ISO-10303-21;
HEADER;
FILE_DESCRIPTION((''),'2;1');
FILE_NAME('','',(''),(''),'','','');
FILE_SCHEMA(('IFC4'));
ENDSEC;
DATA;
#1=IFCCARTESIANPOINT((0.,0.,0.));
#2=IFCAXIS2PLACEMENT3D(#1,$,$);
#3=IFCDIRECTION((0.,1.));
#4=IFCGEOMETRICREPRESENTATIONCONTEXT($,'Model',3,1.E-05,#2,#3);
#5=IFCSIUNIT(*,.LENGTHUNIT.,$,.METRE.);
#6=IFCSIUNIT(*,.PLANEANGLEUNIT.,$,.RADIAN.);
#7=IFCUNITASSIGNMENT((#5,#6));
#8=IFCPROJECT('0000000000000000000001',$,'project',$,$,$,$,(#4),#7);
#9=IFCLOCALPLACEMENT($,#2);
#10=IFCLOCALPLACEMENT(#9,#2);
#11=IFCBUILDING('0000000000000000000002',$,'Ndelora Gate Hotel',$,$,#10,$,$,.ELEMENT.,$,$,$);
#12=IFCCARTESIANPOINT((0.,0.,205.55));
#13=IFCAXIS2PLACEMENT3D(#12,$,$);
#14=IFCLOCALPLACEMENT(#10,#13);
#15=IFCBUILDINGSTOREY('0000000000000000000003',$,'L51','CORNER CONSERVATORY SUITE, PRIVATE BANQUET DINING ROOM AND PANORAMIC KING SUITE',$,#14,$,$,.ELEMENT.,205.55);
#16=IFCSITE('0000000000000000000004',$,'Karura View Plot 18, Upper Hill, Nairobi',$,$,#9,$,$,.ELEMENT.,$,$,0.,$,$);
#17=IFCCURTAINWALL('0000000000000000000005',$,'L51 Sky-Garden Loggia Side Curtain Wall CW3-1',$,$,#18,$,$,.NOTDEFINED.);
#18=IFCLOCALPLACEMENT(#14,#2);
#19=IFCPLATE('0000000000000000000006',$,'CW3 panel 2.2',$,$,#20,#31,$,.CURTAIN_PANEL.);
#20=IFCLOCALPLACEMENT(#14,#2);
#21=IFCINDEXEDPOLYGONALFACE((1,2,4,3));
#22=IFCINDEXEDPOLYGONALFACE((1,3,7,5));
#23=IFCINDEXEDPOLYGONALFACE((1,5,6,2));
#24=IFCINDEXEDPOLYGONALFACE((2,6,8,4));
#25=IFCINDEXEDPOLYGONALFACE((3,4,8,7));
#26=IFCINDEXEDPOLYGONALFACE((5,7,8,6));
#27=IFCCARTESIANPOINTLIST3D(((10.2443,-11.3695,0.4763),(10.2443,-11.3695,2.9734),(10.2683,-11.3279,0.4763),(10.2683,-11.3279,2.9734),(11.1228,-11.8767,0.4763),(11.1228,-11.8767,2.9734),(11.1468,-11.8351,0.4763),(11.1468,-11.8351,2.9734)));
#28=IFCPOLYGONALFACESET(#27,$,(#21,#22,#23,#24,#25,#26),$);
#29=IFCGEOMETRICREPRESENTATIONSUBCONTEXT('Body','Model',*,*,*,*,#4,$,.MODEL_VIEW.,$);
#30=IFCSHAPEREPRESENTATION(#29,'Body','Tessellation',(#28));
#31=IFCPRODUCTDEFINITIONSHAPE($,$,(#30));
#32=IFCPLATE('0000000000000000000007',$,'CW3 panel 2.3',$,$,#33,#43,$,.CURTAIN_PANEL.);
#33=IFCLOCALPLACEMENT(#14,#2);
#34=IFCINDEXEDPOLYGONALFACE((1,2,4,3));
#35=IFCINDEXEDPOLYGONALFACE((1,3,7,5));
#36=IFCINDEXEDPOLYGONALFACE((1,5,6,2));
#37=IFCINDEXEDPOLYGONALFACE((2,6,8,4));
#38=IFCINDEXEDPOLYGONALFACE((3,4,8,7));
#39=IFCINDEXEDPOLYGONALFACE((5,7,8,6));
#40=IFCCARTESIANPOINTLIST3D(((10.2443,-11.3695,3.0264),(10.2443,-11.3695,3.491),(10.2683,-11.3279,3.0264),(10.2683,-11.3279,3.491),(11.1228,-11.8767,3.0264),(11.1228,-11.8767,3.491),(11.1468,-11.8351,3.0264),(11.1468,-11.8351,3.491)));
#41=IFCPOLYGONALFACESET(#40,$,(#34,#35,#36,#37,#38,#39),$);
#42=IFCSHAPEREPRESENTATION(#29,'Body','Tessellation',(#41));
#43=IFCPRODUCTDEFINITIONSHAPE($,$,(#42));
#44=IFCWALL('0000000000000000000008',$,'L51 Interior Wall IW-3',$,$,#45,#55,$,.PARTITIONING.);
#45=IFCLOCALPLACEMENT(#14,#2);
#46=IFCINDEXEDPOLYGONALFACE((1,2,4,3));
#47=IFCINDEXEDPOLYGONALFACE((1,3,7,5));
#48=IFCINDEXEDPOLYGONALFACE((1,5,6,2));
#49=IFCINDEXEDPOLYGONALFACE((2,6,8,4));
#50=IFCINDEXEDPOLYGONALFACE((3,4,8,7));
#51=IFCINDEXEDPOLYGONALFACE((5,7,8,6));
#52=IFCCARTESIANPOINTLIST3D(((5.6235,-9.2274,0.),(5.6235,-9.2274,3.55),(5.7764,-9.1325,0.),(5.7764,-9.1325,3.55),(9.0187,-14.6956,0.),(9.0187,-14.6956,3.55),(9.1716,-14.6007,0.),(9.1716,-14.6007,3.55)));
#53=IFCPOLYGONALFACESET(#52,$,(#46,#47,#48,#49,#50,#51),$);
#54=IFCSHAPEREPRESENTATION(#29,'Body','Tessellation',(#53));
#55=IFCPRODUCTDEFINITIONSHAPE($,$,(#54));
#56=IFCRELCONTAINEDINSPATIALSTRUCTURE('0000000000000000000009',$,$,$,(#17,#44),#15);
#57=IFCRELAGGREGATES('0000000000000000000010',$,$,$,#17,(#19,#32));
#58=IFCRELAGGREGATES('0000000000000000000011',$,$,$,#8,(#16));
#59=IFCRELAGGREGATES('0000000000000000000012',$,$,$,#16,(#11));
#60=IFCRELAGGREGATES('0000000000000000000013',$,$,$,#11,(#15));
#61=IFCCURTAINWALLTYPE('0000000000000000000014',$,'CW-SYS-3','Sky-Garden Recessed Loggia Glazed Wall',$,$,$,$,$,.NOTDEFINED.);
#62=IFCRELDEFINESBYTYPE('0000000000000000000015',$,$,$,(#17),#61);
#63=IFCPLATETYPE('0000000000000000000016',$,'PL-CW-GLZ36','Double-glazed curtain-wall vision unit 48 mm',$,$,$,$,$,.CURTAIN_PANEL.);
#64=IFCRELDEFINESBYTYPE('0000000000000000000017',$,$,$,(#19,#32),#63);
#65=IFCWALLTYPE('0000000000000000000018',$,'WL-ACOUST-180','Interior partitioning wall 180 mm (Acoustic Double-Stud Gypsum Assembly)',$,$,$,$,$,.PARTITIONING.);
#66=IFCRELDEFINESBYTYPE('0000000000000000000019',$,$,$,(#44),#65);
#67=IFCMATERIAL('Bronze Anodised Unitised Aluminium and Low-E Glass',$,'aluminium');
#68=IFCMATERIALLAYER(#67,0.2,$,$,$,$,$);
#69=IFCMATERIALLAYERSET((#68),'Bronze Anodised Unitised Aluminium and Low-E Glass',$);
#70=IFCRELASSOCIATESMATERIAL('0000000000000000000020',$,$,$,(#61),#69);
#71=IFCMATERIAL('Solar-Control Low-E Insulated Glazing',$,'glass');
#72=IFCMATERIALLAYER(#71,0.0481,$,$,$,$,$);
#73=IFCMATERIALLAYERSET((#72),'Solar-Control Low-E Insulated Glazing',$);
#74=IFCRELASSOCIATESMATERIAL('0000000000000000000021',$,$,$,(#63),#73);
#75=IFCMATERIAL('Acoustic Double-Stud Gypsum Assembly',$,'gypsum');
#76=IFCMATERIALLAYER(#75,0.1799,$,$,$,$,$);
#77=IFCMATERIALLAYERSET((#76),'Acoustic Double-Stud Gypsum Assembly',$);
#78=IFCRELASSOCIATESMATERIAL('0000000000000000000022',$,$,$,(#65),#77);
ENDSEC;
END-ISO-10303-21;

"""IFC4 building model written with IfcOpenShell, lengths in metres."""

from ifc_helpers import new_model, si_unit, direction, frame, frame_2d, origin, origin_2d, place, context, subcontext, project, spatial, rectangle, extrude, material, layer, layer_set, type_object, element, aggregate, save


model = new_model("IFC4")

# Units and contexts
model_context = context("Model", 3, precision=1e-05, world=origin(), true_north=direction((0.0, 1.0)))
body_context = subcontext(model_context, "Body", "Model", "MODEL_VIEW")
ifc_project = project(units=[si_unit("LENGTHUNIT", "METRE"), si_unit("PLANEANGLEUNIT", "RADIAN")], contexts=[model_context])

# Site, building, storey
site_placement = place(None, origin())
site = spatial("IfcSite", under=ifc_project, at=site_placement, Name="Karura View Plot 18, Upper Hill, Nairobi", CompositionType="ELEMENT", RefElevation=0.0)
building_placement = place(site_placement, origin())
building = spatial("IfcBuilding", under=site, at=building_placement, Name="Ndelora Gate Hotel", CompositionType="ELEMENT")
storey_placement = place(building_placement, frame((0.0, 0.0, 205.55)))
storey = spatial("IfcBuildingStorey", under=building, at=storey_placement, Name="L51", Description="CORNER CONSERVATORY SUITE, PRIVATE BANQUET DINING ROOM AND PANORAMIC KING SUITE", CompositionType="ELEMENT", Elevation=205.55)

# Curtain wall, plates
ifc_material_1 = material(Name="Bronze Anodised Unitised Aluminium and Low-E Glass", Category="aluminium")
ifc_layer_1 = layer(ifc_material_1, 0.2)
ifc_layer_set_1 = layer_set([ifc_layer_1], Name="Bronze Anodised Unitised Aluminium and Low-E Glass")
curtain_wall_type = type_object("IfcCurtainWallType", Name="CW-SYS-3", Description="Sky-Garden Recessed Loggia Glazed Wall", PredefinedType="NOTDEFINED", material=ifc_layer_set_1)
curtain_wall_placement = place(storey_placement, origin())
curtain_wall = element("IfcCurtainWall", 1, at=curtain_wall_placement, inside=storey, type_object=curtain_wall_type, Name="L51 Sky-Garden Loggia Side Curtain Wall CW3-1", PredefinedType="NOTDEFINED")
ifc_material_2 = material(Name="Solar-Control Low-E Insulated Glazing", Category="glass")
ifc_layer_2 = layer(ifc_material_2, 0.0481)
ifc_layer_set_2 = layer_set([ifc_layer_2], Name="Solar-Control Low-E Insulated Glazing")
plate_type = type_object("IfcPlateType", Name="PL-CW-GLZ36", Description="Double-glazed curtain-wall vision unit 48 mm", PredefinedType="CURTAIN_PANEL", material=ifc_layer_set_2)
plate_1_placement = place(storey_placement, frame((10.6956, -11.6023, 0.4763), z_axis=(0.0, 0.0, 1.0), x_axis=(0.86603, -0.499991, 0.0)))
plate_1 = element("IfcPlate", 2, at=plate_1_placement, type_object=plate_type, Name="CW3 panel 2.2", PredefinedType="CURTAIN_PANEL", context=body_context, shape_type="SweptSolid", body=[
    extrude(rectangle(XDim=1.0144, YDim=0.0481, at=origin_2d()), origin(), (0.0, 0.0, 1.0), 2.4971),
])
plate_2_placement = place(storey_placement, frame((10.6956, -11.6023, 3.0264), z_axis=(0.0, 0.0, 1.0), x_axis=(0.86603, -0.499991, 0.0)))
plate_2 = element("IfcPlate", 3, at=plate_2_placement, type_object=plate_type, Name="CW3 panel 2.3", PredefinedType="CURTAIN_PANEL", context=body_context, shape_type="SweptSolid", body=[
    extrude(rectangle(XDim=1.0144, YDim=0.0481, at=origin_2d()), origin(), (0.0, 0.0, 1.0), 0.4646),
])
aggregate(curtain_wall, [plate_1, plate_2])

# Wall
ifc_material_3 = material(Name="Acoustic Double-Stud Gypsum Assembly", Category="gypsum")
ifc_layer_3 = layer(ifc_material_3, 0.1799)
ifc_layer_set_3 = layer_set([ifc_layer_3], Name="Acoustic Double-Stud Gypsum Assembly")
wall_type = type_object("IfcWallType", Name="WL-ACOUST-180", Description="Interior partitioning wall 180 mm (Acoustic Double-Stud Gypsum Assembly)", PredefinedType="PARTITIONING", material=ifc_layer_set_3)
wall_placement = place(storey_placement, frame((5.7, -9.1799, 0.0), z_axis=(0.0, 0.0, 1.0), x_axis=(0.527494, -0.849559, 0.0)))
element("IfcWall", 4, at=wall_placement, inside=storey, type_object=wall_type, Name="L51 Interior Wall IW-3", PredefinedType="PARTITIONING", context=body_context, shape_type="SweptSolid", body=[
    extrude(rectangle(XDim=6.4365, YDim=0.1799, at=frame_2d((3.2183, 0.0))), origin(), (0.0, 0.0, 1.0), 3.55),
])

save(model, "model.ifc")
